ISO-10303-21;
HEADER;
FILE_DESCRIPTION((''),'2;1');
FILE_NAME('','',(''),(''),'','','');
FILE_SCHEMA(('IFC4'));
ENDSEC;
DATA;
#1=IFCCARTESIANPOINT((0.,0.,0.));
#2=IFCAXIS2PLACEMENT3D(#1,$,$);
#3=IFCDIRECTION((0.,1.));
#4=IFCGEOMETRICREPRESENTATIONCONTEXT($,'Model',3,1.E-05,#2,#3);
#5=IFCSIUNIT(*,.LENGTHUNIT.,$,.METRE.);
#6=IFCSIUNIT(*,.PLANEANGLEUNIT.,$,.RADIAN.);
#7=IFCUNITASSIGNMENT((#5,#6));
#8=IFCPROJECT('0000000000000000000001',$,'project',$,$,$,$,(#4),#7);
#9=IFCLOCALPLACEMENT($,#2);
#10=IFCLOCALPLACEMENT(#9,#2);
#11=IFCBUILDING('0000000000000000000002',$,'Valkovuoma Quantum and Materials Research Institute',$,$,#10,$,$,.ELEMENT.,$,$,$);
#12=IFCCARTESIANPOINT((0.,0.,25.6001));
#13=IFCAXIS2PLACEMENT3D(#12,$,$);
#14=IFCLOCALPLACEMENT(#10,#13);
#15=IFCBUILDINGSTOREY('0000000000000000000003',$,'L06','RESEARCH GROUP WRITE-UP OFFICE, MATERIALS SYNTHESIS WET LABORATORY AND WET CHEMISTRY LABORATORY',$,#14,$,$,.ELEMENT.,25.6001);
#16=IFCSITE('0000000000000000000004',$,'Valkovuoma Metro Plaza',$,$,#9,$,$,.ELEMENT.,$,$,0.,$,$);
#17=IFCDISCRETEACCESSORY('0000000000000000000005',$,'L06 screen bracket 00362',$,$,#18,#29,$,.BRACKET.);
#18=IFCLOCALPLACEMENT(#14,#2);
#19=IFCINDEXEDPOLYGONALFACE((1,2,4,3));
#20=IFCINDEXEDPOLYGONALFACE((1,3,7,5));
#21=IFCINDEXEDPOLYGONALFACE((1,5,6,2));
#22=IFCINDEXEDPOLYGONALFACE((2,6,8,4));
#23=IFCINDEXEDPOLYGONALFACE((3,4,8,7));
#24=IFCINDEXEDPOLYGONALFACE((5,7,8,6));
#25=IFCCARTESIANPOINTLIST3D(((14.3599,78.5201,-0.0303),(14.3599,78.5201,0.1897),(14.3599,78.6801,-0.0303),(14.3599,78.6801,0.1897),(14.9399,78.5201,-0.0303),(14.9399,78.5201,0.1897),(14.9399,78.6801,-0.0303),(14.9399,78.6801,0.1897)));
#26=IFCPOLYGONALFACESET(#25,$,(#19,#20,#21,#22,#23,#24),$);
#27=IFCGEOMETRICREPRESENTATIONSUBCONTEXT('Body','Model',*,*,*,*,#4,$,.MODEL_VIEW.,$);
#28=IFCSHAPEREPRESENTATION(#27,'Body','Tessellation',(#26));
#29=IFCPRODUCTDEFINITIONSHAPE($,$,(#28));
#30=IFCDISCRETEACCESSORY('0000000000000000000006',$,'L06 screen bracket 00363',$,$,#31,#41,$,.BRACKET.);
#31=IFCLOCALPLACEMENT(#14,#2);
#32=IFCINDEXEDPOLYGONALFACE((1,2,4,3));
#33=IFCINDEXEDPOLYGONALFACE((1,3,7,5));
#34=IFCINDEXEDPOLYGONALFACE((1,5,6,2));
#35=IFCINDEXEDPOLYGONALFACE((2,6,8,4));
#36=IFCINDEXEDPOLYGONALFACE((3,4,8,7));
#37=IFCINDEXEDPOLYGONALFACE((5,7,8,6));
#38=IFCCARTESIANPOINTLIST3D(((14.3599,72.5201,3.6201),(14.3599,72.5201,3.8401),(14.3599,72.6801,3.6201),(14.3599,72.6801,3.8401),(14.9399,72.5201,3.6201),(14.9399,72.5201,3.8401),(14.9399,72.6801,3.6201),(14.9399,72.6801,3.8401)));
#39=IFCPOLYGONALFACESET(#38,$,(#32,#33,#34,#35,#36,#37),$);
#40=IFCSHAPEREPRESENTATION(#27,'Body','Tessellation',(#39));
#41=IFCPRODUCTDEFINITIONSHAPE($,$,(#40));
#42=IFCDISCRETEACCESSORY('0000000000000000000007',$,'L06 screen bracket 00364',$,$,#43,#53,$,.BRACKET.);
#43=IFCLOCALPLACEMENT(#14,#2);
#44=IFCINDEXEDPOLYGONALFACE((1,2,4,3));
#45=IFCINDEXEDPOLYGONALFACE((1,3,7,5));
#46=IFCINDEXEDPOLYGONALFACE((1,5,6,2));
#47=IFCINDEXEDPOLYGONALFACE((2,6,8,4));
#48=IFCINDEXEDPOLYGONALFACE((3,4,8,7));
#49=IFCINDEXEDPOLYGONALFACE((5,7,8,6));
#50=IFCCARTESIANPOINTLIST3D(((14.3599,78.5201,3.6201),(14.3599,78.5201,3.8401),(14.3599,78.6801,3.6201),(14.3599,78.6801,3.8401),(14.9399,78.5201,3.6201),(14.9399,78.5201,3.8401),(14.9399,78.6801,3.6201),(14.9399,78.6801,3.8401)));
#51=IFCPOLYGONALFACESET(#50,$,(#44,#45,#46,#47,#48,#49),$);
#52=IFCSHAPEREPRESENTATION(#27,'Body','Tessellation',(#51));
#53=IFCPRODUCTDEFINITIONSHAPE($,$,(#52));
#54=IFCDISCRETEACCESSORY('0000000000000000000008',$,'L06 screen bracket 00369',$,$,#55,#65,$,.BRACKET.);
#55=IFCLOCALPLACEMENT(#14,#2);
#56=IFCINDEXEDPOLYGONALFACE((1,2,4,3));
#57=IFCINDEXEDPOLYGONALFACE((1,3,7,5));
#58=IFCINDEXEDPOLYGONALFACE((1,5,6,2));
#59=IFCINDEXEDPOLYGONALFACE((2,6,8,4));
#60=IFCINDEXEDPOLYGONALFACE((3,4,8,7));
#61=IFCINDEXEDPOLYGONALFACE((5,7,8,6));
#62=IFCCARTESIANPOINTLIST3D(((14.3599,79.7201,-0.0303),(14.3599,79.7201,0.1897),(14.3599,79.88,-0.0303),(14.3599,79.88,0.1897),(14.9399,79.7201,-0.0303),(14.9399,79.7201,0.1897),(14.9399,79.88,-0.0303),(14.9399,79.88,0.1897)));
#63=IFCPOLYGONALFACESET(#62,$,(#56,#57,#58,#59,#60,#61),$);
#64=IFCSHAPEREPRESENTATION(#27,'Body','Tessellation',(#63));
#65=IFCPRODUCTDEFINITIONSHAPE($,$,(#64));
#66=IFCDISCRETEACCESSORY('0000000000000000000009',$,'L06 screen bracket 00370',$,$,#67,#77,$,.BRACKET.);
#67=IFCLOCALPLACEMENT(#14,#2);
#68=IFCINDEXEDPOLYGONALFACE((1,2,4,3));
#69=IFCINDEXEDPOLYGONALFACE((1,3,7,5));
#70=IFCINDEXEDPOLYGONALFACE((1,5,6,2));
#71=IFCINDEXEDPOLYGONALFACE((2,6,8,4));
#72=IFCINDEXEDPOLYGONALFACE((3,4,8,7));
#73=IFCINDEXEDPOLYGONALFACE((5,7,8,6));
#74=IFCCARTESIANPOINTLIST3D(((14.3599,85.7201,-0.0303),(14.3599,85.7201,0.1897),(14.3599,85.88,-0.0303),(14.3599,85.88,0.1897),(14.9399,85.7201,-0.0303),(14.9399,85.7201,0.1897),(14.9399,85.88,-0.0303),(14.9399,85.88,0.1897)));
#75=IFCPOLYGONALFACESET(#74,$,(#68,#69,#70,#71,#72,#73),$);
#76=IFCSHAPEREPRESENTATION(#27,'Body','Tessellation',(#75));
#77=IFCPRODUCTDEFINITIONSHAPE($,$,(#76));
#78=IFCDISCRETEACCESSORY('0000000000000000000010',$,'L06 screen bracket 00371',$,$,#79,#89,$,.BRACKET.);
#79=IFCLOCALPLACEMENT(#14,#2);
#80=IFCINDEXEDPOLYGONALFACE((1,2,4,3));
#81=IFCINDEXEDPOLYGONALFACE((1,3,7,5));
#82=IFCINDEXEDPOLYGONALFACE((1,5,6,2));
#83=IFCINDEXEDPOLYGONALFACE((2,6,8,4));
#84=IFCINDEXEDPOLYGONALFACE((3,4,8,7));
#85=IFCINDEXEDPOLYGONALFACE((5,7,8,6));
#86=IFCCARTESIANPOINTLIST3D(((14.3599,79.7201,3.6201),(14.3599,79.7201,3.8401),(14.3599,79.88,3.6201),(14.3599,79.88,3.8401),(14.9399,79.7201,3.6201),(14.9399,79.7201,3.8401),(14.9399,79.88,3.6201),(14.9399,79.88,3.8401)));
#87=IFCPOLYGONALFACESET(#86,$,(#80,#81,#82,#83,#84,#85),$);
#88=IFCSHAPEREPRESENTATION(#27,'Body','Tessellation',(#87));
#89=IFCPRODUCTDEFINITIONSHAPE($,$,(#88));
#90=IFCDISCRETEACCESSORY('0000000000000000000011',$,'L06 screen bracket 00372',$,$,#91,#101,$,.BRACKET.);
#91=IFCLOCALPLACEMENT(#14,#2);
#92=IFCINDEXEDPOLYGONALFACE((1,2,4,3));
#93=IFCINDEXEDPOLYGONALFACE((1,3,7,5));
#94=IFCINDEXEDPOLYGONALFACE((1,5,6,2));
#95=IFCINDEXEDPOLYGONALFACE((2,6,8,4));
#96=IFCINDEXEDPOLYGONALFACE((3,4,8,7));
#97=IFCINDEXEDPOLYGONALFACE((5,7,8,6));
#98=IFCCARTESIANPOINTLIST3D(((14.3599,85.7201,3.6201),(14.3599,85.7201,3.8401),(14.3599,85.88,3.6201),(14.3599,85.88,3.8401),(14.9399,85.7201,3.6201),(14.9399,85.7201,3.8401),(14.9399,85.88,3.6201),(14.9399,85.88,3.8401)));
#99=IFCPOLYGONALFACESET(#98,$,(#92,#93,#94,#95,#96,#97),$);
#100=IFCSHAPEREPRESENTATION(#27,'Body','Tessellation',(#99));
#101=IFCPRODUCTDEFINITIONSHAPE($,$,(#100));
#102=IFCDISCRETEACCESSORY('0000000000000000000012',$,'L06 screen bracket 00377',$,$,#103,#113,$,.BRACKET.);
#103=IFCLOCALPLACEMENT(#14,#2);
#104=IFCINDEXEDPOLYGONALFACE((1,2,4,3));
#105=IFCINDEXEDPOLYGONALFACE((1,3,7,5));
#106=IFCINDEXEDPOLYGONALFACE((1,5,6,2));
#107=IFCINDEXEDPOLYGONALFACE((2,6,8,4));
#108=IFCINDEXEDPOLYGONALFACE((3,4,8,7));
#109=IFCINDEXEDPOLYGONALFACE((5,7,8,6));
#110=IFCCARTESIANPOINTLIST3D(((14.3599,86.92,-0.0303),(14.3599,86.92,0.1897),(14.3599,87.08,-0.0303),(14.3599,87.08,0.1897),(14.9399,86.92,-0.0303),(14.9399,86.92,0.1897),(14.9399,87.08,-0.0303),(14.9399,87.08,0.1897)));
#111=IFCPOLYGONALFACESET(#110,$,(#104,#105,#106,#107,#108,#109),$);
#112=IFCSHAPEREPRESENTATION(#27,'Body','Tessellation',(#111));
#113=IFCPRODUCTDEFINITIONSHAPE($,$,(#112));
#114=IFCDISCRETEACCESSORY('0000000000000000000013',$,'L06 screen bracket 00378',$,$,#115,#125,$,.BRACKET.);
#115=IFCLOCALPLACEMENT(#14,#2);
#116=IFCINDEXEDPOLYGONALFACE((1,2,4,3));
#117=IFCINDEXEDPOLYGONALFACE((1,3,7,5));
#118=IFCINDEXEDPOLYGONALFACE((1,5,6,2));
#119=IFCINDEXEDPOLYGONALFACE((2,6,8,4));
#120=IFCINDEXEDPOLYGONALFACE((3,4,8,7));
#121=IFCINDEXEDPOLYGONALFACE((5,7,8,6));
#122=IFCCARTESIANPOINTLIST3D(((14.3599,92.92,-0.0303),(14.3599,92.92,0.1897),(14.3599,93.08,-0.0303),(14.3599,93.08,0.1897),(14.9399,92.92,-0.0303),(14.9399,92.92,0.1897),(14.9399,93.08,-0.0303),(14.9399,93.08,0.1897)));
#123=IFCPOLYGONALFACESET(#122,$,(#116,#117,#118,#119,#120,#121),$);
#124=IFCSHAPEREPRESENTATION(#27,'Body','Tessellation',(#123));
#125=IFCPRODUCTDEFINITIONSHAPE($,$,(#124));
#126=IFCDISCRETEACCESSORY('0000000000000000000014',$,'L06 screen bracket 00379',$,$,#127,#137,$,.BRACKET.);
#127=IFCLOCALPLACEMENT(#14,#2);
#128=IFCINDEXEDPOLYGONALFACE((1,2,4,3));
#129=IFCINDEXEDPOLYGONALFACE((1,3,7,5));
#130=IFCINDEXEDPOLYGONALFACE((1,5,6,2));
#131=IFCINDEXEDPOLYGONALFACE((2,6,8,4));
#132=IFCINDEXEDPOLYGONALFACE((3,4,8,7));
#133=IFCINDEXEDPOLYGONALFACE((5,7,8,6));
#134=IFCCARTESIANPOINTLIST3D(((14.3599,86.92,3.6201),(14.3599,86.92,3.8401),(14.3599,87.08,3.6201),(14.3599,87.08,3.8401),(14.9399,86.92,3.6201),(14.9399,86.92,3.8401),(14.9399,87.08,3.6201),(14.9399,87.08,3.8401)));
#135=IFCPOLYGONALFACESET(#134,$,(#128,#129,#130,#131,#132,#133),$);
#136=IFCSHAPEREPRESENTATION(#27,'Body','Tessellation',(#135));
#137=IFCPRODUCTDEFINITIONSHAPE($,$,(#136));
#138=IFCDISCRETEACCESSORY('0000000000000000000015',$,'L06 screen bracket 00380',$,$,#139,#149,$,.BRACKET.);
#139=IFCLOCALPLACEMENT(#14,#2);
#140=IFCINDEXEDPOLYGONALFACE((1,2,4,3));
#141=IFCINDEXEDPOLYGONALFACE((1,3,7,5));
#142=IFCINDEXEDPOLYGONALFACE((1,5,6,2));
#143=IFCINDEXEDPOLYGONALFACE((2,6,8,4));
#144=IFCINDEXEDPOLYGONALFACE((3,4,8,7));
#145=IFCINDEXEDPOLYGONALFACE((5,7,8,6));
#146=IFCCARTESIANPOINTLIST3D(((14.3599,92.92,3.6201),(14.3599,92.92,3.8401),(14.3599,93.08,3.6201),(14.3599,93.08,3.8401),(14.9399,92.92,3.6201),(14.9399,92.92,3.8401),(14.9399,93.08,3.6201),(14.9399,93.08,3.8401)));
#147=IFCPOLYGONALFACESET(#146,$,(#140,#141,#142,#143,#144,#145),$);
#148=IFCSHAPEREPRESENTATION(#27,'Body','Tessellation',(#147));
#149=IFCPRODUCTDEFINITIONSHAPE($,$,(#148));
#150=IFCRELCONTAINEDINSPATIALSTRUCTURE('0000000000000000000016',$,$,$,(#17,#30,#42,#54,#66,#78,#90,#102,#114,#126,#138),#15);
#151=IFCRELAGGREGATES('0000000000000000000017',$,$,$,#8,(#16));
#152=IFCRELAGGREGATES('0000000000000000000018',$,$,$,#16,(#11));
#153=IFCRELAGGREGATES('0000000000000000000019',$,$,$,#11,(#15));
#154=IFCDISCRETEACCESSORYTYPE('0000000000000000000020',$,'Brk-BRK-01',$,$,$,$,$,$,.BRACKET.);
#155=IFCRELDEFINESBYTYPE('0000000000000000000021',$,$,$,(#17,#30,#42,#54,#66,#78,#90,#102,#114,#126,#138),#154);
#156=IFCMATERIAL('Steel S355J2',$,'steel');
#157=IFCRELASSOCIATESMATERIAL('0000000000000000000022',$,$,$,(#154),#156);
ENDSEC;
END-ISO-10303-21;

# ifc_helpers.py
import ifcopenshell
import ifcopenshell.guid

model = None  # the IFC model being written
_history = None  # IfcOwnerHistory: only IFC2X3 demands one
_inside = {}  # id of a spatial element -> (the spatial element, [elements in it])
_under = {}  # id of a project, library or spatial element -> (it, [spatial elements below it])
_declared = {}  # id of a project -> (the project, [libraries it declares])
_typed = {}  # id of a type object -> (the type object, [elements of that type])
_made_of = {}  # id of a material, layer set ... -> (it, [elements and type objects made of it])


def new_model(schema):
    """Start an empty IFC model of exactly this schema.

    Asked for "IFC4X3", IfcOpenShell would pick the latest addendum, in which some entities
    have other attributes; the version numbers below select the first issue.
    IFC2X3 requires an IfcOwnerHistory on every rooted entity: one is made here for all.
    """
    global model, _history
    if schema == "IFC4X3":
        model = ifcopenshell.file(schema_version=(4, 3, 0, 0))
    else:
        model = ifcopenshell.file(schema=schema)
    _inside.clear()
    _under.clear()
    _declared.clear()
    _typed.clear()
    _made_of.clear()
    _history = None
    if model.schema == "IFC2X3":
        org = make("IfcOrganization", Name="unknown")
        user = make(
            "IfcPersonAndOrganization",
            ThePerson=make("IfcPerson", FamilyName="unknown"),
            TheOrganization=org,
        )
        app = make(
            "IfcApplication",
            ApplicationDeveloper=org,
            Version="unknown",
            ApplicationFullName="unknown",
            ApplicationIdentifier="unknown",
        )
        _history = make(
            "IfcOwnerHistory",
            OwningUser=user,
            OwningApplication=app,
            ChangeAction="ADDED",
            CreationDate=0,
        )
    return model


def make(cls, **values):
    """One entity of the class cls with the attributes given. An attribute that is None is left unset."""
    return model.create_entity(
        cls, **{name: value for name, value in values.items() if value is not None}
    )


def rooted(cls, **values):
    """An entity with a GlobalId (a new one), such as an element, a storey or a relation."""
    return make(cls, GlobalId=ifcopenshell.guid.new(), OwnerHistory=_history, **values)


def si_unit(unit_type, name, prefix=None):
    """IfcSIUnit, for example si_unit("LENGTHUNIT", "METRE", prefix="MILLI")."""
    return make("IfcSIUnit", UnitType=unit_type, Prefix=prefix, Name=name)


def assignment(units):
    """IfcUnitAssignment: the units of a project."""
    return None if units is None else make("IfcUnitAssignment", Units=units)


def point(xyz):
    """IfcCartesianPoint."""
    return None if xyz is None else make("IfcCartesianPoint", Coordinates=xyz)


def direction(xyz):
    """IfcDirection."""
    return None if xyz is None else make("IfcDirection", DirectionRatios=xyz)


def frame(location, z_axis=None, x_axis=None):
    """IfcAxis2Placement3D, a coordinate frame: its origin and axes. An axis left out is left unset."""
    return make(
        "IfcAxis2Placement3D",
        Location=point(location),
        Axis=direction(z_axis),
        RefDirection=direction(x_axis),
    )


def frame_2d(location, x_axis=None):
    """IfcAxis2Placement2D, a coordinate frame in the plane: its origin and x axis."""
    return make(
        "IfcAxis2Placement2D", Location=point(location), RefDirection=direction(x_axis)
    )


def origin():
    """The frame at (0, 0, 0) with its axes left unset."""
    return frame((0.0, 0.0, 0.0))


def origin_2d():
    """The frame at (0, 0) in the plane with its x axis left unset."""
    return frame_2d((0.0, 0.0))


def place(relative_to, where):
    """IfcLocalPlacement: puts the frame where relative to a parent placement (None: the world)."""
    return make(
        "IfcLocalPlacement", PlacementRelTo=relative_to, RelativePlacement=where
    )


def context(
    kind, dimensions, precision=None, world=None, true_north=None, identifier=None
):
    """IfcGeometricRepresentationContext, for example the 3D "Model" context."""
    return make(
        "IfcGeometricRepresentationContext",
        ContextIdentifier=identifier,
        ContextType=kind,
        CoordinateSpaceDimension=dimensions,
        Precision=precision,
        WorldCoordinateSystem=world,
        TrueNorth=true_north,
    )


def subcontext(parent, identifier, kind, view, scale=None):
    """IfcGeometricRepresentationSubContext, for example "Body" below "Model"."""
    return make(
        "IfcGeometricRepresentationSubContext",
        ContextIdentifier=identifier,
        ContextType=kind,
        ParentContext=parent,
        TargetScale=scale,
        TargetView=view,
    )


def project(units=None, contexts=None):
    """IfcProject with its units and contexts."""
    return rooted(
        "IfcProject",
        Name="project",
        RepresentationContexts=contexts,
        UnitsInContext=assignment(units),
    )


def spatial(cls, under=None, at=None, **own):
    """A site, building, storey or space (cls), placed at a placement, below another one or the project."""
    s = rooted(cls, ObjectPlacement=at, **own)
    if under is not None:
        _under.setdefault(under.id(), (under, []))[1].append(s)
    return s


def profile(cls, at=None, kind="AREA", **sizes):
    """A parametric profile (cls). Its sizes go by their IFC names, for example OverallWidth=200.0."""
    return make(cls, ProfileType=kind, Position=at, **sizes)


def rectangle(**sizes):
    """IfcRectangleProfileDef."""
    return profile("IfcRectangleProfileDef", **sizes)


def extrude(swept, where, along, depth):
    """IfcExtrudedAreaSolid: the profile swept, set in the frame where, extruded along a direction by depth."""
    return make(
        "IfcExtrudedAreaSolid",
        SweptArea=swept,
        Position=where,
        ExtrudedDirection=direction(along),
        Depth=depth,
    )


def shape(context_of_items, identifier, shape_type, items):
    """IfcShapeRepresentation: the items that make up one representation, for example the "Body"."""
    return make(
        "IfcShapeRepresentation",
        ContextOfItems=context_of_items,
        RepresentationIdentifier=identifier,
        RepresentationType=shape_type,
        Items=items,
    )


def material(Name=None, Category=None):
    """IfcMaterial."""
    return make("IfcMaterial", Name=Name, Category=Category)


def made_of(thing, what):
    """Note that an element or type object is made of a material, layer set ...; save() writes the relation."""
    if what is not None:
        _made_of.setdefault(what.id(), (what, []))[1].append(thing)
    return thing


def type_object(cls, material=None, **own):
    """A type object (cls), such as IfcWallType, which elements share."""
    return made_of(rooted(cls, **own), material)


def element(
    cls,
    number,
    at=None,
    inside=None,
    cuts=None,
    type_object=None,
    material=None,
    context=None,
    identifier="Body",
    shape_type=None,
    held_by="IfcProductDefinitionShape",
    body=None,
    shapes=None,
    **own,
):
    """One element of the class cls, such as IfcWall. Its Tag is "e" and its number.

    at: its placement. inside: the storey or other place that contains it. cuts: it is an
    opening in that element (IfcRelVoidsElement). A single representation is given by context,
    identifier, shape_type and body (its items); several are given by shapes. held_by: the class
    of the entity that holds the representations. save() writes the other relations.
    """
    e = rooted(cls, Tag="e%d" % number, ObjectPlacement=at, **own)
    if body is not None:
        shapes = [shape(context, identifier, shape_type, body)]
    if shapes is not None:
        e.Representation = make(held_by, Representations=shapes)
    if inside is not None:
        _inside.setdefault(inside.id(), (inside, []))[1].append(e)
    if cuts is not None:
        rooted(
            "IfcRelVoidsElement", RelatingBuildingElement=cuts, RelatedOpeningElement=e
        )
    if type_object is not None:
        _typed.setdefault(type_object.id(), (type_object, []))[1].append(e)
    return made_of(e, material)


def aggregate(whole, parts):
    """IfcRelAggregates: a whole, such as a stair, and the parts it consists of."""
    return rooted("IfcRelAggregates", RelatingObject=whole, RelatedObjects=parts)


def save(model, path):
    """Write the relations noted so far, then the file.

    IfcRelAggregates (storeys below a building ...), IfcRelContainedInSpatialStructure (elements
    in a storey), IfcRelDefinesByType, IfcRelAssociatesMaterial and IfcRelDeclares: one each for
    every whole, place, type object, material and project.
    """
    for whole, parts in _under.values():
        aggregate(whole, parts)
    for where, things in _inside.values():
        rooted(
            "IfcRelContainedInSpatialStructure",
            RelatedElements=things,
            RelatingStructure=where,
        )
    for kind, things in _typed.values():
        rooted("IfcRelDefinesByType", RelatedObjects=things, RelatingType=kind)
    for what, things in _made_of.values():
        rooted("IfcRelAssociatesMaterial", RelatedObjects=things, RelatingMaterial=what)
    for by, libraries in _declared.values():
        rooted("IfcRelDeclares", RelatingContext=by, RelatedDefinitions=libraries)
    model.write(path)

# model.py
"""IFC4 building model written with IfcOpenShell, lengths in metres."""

from ifc_helpers import new_model, si_unit, direction, frame, origin, origin_2d, place, context, subcontext, project, spatial, rectangle, extrude, material, type_object, element, save


model = new_model("IFC4")

# Units and contexts
model_context = context("Model", 3, precision=1e-05, world=origin(), true_north=direction((0.0, 1.0)))
body_context = subcontext(model_context, "Body", "Model", "MODEL_VIEW")
ifc_project = project(units=[si_unit("LENGTHUNIT", "METRE"), si_unit("PLANEANGLEUNIT", "RADIAN")], contexts=[model_context])

# Site, building, storey
site_placement = place(None, origin())
site = spatial("IfcSite", under=ifc_project, at=site_placement, Name="Valkovuoma Metro Plaza", CompositionType="ELEMENT", RefElevation=0.0)
building_placement = place(site_placement, origin())
building = spatial("IfcBuilding", under=site, at=building_placement, Name="Valkovuoma Quantum and Materials Research Institute", CompositionType="ELEMENT")
storey_placement = place(building_placement, frame((0.0, 0.0, 25.6001)))
storey = spatial("IfcBuildingStorey", under=building, at=storey_placement, Name="L06", Description="RESEARCH GROUP WRITE-UP OFFICE, MATERIALS SYNTHESIS WET LABORATORY AND WET CHEMISTRY LABORATORY", CompositionType="ELEMENT", Elevation=25.6001)

# Discrete accessories
ifc_material_1 = material(Name="Steel S355J2", Category="steel")
discrete_accessory_type = type_object("IfcDiscreteAccessoryType", Name="Brk-BRK-01", PredefinedType="BRACKET", material=ifc_material_1)
for number, where, z_axis, x_axis, name in (
    (1, (14.6499, 78.6001, -0.0303), (0.0, 0.0, 1.0), (1.0, 0.0, 0.0), "L06 screen bracket 00362"),
    (2, (14.6499, 72.6001, 3.6201), (0.0, 0.0, 1.0), (1.0, 0.0, 0.0), "L06 screen bracket 00363"),
    (3, (14.6499, 78.6001, 3.6201), (0.0, 0.0, 1.0), (1.0, 0.0, 0.0), "L06 screen bracket 00364"),
    (4, (14.6499, 79.8, -0.0303), (0.0, 0.0, 1.0), (1.0, 0.0, 0.0), "L06 screen bracket 00369"),
    (5, (14.6499, 85.8, -0.0303), (0.0, 0.0, 1.0), (1.0, 0.0, 0.0), "L06 screen bracket 00370"),
    (6, (14.6499, 79.8, 3.6201), (0.0, 0.0, 1.0), (1.0, 0.0, 0.0), "L06 screen bracket 00371"),
    (7, (14.6499, 85.8, 3.6201), (0.0, 0.0, 1.0), (1.0, 0.0, 0.0), "L06 screen bracket 00372"),
    (8, (14.6499, 87.0, -0.0303), (0.0, 0.0, 1.0), (1.0, 0.0, 0.0), "L06 screen bracket 00377"),
    (9, (14.6499, 93.0, -0.0303), (0.0, 0.0, 1.0), (1.0, 0.0, 0.0), "L06 screen bracket 00378"),
    (10, (14.6499, 87.0, 3.6201), (0.0, 0.0, 1.0), (1.0, 0.0, 0.0), "L06 screen bracket 00379"),
    (11, (14.6499, 93.0, 3.6201), (0.0, 0.0, 1.0), (1.0, 0.0, 0.0), "L06 screen bracket 00380"),
):
    element("IfcDiscreteAccessory", number, at=place(storey_placement, frame(where, z_axis=z_axis, x_axis=x_axis)), inside=storey, type_object=discrete_accessory_type, Name=name, PredefinedType="BRACKET", context=body_context, shape_type="SweptSolid", body=[
        extrude(rectangle(XDim=0.5801, YDim=0.1599, at=origin_2d()), origin(), (0.0, 0.0, 1.0), 0.22),
    ])

save(model, "model.ifc")
